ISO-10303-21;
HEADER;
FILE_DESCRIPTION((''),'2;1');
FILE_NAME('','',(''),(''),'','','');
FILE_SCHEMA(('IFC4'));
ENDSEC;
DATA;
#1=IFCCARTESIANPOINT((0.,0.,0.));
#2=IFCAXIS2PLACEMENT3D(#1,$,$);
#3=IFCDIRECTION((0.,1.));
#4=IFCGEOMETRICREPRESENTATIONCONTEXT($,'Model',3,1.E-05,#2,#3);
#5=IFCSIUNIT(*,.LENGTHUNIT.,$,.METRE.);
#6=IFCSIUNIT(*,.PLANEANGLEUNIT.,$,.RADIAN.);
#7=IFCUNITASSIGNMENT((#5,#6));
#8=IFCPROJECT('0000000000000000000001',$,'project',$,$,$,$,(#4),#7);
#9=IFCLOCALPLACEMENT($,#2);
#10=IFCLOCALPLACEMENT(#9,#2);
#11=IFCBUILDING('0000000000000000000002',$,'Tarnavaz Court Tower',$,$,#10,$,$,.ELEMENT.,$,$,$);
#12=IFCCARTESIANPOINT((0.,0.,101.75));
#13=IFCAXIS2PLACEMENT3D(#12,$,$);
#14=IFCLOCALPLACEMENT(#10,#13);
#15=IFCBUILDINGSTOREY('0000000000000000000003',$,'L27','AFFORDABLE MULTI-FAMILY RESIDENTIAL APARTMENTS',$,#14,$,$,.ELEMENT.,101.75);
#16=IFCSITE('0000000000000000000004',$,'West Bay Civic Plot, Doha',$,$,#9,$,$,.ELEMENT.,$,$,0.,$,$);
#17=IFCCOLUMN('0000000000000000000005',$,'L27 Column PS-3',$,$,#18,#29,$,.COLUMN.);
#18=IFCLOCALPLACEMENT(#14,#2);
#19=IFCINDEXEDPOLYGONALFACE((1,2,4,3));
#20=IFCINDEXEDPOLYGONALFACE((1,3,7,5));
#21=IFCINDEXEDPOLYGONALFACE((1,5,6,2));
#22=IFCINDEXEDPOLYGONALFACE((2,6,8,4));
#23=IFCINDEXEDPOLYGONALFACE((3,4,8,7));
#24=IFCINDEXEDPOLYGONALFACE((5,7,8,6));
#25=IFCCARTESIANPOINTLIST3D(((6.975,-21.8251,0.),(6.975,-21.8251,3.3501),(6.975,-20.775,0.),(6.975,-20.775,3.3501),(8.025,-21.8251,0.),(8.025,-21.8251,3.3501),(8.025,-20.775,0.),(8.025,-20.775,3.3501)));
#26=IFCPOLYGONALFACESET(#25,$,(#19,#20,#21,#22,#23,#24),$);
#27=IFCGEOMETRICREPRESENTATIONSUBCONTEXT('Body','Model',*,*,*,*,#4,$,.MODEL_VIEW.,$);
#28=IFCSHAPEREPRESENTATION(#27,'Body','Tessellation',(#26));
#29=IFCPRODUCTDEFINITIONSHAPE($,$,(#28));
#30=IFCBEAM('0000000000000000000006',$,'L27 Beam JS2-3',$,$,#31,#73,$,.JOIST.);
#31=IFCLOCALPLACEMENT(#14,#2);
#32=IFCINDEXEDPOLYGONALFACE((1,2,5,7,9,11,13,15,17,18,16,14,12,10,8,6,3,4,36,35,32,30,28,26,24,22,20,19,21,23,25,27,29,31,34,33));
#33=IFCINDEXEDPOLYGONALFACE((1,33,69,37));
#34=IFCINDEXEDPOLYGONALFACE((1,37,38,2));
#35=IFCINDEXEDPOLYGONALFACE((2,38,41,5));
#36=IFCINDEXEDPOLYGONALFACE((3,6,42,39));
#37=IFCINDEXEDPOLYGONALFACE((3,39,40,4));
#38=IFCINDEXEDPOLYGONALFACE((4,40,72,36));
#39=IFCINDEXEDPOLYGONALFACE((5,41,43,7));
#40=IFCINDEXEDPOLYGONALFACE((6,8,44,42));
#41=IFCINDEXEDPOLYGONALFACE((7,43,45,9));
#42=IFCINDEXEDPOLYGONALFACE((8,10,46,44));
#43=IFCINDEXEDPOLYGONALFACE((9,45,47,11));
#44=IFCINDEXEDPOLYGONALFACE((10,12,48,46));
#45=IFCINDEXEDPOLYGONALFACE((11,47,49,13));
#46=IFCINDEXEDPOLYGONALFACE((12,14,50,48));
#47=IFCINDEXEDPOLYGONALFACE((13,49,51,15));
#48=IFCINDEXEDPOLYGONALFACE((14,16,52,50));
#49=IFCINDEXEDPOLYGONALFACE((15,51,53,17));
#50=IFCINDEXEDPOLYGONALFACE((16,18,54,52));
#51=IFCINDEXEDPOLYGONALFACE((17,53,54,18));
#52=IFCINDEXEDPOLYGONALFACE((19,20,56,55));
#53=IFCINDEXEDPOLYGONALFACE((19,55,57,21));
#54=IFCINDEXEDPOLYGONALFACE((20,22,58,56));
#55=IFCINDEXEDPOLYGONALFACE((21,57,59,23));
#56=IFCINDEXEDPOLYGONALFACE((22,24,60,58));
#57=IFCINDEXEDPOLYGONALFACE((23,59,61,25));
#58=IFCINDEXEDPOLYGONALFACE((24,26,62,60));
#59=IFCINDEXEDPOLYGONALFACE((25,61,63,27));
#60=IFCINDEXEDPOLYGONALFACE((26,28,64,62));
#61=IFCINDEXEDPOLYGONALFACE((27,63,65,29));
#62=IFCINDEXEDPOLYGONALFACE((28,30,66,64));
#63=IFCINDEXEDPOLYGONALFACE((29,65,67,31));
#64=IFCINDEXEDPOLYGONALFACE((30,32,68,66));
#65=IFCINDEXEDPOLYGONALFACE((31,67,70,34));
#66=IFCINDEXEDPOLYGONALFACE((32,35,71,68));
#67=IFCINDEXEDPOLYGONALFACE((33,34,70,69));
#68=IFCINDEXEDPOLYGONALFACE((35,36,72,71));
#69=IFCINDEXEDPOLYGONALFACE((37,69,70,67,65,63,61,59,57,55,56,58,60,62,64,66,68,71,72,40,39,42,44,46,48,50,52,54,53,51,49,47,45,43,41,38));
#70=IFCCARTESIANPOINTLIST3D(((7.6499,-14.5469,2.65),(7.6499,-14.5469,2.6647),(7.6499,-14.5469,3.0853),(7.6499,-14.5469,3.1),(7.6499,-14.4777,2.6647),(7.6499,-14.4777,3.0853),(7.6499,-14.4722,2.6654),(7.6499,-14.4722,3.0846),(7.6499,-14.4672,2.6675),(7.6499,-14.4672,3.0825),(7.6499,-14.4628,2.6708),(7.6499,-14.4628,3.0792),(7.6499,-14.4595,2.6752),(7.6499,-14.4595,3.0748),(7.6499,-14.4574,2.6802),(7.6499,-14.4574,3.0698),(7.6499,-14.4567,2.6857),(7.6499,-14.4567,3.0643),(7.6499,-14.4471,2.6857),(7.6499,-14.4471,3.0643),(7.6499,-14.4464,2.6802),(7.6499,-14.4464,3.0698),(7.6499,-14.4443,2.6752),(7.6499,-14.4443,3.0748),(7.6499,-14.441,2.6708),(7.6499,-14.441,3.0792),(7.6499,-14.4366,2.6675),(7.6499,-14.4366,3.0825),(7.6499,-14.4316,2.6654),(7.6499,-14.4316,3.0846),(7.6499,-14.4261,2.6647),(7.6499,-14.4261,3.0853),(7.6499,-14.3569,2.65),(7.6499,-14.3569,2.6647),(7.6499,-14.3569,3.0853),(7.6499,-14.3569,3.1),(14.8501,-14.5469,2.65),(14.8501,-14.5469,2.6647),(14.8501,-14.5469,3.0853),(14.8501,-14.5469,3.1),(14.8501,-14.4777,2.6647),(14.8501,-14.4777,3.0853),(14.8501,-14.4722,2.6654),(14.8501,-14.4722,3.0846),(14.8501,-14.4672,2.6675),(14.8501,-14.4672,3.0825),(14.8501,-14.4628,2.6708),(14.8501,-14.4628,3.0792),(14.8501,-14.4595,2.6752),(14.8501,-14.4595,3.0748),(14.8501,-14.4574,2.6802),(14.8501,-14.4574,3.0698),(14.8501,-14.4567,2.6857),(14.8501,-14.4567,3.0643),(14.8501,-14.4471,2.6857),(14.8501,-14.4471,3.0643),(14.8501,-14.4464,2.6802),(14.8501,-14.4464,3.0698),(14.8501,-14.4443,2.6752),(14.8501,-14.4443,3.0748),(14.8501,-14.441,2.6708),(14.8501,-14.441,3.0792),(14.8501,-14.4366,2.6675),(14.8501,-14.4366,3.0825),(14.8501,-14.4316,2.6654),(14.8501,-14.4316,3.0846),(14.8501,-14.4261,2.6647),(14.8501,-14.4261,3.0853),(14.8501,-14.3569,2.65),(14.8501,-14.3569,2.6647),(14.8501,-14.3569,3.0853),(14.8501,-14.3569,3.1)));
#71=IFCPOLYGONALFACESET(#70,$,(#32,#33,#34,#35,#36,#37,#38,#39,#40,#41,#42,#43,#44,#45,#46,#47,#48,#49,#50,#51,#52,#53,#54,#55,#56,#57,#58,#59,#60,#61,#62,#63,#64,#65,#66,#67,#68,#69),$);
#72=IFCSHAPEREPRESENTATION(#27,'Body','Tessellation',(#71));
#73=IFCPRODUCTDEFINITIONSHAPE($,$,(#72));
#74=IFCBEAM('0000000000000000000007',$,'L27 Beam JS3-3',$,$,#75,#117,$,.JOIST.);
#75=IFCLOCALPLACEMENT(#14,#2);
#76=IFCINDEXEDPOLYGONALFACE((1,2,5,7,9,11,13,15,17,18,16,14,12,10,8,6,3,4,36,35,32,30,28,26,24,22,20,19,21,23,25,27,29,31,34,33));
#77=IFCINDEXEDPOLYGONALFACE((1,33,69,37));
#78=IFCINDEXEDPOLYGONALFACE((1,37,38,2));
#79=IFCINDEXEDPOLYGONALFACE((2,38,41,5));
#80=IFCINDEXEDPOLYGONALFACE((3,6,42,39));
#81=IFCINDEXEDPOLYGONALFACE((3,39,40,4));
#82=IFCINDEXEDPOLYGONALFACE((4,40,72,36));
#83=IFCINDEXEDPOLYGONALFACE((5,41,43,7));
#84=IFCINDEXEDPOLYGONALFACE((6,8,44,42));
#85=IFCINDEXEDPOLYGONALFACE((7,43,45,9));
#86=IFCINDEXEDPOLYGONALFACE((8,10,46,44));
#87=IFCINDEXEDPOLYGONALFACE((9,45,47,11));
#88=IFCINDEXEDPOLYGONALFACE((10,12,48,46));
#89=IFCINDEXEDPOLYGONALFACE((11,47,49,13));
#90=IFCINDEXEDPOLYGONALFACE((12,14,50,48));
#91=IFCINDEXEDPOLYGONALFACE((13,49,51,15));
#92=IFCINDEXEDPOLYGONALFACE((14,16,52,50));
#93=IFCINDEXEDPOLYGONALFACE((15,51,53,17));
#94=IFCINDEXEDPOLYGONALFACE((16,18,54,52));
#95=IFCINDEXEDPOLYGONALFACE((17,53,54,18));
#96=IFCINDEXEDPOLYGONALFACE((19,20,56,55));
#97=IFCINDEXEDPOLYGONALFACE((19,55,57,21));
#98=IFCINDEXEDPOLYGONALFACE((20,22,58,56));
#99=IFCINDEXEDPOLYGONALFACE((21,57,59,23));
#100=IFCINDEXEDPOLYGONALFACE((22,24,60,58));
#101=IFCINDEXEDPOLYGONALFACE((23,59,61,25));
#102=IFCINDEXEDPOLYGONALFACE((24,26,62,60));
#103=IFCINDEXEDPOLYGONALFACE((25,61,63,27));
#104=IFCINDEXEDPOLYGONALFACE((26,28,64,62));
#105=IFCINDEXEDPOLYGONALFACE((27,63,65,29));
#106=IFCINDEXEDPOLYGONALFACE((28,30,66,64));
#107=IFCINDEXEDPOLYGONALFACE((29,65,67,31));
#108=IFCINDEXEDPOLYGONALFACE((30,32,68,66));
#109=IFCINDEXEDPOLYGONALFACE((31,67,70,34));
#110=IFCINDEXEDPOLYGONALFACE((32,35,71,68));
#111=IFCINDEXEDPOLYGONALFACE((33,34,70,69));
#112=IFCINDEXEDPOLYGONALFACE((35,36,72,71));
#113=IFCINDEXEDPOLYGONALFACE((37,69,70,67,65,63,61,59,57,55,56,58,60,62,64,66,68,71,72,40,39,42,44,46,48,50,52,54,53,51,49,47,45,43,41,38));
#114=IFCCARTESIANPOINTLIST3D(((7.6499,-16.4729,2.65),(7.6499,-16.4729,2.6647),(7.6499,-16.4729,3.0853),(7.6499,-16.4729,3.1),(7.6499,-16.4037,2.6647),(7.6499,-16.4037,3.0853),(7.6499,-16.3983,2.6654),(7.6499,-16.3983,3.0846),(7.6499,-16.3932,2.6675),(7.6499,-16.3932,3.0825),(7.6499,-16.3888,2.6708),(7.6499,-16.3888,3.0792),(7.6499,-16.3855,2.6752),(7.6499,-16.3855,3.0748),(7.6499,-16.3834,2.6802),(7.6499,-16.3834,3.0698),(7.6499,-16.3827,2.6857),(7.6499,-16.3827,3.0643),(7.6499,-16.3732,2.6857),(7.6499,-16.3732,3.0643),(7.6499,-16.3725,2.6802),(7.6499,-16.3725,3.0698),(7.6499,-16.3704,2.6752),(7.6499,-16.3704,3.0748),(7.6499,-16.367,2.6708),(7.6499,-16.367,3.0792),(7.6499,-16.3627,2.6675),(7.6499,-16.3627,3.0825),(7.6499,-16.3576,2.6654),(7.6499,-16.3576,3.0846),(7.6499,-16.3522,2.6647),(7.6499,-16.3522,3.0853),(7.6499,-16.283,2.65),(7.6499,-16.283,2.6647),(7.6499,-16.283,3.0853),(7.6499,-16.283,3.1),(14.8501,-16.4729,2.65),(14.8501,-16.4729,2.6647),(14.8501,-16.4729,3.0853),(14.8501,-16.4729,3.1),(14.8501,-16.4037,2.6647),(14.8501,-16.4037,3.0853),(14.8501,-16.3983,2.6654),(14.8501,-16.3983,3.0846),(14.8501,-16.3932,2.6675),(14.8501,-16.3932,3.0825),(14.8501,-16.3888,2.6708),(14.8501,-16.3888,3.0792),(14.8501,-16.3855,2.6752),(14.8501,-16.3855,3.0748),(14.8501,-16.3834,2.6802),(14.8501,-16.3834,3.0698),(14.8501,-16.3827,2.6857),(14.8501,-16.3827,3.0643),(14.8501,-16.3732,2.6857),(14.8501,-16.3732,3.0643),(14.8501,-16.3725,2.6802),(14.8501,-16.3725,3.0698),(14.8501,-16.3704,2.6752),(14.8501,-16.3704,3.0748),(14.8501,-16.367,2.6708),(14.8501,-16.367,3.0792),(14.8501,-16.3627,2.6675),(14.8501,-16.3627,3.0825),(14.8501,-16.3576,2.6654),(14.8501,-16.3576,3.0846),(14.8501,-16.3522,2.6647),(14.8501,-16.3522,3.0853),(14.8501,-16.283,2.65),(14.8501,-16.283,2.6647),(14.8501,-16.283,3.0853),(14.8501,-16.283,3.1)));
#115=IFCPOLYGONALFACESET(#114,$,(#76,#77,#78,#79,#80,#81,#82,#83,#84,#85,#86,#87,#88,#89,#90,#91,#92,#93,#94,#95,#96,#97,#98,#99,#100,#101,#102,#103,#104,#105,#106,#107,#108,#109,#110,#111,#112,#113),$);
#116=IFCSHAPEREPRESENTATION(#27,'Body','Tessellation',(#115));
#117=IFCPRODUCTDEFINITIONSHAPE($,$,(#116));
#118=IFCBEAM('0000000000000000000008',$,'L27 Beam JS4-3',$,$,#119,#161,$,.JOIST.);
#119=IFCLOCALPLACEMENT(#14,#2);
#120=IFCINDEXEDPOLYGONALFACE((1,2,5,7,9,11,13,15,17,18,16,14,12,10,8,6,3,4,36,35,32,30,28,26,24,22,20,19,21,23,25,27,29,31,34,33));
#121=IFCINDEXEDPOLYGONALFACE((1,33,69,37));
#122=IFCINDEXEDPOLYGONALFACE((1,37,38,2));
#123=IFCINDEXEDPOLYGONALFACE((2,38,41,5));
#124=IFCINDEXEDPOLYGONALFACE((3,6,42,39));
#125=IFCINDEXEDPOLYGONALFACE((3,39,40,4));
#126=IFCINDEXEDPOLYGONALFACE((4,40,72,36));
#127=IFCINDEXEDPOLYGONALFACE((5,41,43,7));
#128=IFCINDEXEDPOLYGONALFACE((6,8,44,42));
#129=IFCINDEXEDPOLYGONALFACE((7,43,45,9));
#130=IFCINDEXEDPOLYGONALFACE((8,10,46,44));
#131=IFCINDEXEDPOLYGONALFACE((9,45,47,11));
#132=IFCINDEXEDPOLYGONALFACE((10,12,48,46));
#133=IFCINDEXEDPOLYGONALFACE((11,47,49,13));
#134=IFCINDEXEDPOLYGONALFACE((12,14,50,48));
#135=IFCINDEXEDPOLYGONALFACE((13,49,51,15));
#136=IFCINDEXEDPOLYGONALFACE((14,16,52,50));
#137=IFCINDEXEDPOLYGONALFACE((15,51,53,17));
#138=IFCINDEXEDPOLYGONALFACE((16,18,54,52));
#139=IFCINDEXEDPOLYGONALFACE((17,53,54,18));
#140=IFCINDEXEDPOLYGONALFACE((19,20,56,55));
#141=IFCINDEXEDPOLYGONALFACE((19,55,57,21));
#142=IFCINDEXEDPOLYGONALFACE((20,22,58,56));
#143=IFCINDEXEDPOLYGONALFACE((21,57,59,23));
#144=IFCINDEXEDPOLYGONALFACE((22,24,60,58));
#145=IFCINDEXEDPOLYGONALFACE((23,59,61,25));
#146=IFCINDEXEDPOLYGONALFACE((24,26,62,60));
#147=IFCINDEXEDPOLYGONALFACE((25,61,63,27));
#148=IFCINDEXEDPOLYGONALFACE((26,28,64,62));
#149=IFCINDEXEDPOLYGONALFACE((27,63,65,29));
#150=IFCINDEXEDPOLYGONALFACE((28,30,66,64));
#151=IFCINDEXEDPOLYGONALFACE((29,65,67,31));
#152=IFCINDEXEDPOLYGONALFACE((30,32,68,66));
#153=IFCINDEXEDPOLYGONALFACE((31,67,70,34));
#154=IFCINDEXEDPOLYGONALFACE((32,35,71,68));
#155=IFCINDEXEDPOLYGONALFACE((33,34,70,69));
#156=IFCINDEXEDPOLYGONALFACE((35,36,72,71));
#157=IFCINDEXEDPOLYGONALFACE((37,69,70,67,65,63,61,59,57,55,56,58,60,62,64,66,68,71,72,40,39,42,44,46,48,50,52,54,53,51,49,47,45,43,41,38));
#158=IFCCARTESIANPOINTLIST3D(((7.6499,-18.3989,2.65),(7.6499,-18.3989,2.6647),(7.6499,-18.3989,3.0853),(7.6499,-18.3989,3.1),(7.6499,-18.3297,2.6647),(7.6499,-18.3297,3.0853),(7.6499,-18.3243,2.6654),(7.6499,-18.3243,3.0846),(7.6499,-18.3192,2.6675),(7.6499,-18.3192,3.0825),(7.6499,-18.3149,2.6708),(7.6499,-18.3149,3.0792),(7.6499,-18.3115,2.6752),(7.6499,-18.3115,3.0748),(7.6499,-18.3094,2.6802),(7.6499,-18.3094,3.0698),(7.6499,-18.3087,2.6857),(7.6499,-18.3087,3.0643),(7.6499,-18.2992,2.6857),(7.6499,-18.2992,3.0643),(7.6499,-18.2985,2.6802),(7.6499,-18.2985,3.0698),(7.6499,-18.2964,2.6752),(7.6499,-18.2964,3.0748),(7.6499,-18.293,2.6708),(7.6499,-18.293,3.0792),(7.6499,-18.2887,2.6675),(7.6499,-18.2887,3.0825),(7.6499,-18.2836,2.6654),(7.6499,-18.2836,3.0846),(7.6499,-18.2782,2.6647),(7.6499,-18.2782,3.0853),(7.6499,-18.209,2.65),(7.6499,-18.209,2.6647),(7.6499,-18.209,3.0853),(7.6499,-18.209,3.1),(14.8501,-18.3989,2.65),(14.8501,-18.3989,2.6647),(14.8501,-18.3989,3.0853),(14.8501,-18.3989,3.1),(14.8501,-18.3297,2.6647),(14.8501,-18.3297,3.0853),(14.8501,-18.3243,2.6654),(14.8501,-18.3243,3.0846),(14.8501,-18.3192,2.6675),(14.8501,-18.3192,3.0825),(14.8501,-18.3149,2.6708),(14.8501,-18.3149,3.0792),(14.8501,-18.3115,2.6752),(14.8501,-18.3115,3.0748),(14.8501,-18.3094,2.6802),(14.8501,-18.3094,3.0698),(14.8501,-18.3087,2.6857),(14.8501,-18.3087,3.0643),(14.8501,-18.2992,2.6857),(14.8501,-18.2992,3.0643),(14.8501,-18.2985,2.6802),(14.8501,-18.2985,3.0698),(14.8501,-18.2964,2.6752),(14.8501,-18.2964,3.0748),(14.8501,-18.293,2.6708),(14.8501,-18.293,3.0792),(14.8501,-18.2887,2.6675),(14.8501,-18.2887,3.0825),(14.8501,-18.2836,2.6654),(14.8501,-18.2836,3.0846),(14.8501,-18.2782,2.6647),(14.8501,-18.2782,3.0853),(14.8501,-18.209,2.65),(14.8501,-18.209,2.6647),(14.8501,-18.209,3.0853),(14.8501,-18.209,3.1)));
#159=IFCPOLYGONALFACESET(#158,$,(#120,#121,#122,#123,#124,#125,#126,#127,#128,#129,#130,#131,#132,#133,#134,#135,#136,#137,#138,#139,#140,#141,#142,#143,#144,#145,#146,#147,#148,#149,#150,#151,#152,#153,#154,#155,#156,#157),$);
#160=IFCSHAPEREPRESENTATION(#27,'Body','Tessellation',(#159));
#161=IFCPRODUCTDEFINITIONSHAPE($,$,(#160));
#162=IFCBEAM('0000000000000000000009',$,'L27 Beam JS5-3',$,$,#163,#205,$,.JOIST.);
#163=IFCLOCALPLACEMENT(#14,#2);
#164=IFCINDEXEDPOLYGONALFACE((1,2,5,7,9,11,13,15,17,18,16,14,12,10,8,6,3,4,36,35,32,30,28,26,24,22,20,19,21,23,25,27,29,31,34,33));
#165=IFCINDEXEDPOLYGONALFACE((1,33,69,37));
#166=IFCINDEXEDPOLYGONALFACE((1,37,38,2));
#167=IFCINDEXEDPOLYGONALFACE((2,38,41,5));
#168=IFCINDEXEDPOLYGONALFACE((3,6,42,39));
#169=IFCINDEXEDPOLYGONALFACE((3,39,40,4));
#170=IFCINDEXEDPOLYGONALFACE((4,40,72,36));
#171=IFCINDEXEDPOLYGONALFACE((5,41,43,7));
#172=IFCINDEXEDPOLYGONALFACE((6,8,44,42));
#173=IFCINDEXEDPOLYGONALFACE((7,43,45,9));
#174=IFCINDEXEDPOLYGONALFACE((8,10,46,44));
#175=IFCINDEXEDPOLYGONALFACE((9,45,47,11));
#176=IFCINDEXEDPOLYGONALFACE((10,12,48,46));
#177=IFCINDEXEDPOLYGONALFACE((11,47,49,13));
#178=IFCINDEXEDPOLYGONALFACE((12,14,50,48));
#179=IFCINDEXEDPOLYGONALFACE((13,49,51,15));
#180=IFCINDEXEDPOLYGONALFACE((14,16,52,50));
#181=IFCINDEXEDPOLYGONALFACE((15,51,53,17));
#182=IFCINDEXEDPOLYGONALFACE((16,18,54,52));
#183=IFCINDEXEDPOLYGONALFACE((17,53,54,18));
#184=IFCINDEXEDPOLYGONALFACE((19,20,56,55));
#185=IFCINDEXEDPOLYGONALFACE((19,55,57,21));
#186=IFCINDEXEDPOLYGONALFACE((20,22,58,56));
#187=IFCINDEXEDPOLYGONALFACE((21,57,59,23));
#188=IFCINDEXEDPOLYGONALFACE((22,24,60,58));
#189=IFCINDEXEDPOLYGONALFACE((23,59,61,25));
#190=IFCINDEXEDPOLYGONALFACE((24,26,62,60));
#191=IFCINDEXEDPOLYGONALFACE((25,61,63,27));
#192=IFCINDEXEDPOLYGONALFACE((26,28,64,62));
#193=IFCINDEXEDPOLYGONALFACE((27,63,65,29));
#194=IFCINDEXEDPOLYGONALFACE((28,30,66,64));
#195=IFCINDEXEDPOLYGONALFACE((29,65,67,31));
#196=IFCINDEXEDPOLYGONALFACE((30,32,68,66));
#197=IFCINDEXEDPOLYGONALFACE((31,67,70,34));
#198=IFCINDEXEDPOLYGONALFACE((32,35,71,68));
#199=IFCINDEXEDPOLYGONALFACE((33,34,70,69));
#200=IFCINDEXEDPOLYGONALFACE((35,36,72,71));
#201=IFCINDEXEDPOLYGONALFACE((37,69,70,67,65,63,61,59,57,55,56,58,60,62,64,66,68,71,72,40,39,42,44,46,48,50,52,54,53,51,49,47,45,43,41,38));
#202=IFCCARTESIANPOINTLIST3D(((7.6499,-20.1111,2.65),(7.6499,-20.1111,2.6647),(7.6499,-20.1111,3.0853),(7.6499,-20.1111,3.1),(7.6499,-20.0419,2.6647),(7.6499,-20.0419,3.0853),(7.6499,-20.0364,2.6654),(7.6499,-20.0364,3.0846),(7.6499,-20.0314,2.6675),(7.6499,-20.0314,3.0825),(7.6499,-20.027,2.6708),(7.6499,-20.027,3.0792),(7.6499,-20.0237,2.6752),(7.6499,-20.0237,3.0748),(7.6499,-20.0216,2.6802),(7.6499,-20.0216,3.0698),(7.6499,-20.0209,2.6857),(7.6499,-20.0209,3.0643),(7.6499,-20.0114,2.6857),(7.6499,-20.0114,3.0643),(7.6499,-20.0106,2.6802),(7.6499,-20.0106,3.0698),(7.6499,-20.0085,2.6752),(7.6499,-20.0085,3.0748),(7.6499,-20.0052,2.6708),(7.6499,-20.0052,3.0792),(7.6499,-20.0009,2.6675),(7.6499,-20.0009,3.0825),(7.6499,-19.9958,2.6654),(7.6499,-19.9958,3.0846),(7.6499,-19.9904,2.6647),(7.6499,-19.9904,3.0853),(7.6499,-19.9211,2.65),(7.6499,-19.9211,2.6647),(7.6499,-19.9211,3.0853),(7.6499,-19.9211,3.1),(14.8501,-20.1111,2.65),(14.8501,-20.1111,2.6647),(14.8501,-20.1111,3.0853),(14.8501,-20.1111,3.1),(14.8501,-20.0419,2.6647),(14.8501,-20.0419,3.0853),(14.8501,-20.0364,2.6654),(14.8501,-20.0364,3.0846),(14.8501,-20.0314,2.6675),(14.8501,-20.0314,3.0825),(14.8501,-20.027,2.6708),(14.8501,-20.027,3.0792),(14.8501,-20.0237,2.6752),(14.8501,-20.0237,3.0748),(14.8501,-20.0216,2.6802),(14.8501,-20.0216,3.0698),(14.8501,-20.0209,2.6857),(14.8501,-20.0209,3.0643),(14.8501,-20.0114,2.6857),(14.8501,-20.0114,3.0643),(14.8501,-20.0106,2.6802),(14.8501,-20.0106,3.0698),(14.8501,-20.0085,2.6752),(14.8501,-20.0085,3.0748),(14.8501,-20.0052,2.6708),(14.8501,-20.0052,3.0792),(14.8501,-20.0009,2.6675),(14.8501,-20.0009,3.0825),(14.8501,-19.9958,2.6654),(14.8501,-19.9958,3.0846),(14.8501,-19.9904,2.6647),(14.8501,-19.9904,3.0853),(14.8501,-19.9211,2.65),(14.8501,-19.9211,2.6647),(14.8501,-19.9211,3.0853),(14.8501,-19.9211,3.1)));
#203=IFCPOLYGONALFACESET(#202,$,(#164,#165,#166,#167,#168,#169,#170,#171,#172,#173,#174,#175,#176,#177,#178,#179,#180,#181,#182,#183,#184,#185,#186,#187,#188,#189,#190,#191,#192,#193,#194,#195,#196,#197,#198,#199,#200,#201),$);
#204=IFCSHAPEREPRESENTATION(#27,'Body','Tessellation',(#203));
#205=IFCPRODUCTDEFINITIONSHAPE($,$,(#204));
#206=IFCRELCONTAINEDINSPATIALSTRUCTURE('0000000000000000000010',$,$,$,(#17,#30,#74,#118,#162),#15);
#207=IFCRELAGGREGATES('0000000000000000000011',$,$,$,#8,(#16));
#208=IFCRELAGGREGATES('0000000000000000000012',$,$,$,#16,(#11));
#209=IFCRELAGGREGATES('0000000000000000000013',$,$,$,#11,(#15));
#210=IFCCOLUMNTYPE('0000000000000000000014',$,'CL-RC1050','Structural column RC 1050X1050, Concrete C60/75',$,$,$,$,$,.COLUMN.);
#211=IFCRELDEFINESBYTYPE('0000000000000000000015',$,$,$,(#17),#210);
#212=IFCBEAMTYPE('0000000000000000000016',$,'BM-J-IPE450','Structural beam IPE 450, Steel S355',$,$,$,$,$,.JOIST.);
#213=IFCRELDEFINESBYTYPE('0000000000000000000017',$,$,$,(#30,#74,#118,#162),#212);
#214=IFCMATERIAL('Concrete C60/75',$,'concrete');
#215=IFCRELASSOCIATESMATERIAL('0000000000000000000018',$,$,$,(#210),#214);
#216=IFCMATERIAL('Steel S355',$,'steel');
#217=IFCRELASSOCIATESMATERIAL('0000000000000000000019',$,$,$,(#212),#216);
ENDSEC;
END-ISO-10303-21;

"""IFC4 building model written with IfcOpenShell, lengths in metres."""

from ifc_helpers import new_model, si_unit, direction, frame, origin, origin_2d, place, context, subcontext, project, spatial, rectangle, i_section, extrude, material, material_profile, profile_set, type_object, element, save


model = new_model("IFC4")

# Units and contexts
model_context = context("Model", 3, precision=1e-05, world=origin(), true_north=direction((0.0, 1.0)))
body_context = subcontext(model_context, "Body", "Model", "MODEL_VIEW")
ifc_project = project(units=[si_unit("LENGTHUNIT", "METRE"), si_unit("PLANEANGLEUNIT", "RADIAN")], contexts=[model_context])

# Site, building, storey
site_placement = place(None, origin())
site = spatial("IfcSite", under=ifc_project, at=site_placement, Name="West Bay Civic Plot, Doha", CompositionType="ELEMENT", RefElevation=0.0)
building_placement = place(site_placement, origin())
building = spatial("IfcBuilding", under=site, at=building_placement, Name="Tarnavaz Court Tower", CompositionType="ELEMENT")
storey_placement = place(building_placement, frame((0.0, 0.0, 101.75)))
storey = spatial("IfcBuildingStorey", under=building, at=storey_placement, Name="L27", Description="AFFORDABLE MULTI-FAMILY RESIDENTIAL APARTMENTS", CompositionType="ELEMENT", Elevation=101.75)

# Column
ifc_material_1 = material(Name="Concrete C60/75", Category="concrete")
ifc_material_profile_1 = material_profile(ifc_material_1, rectangle(XDim=1.05, YDim=1.05, at=origin_2d()), Name="RC 1050X1050")
ifc_profile_set_1 = profile_set([ifc_material_profile_1], Name="Concrete C60/75")
column_type = type_object("IfcColumnType", Name="CL-RC1050", Description="Structural column RC 1050X1050, Concrete C60/75", PredefinedType="COLUMN", material=ifc_profile_set_1)
column_placement = place(storey_placement, frame((7.5, -21.3, 0.0), z_axis=(0.0, 0.0, 1.0), x_axis=(1.0, 0.0, 0.0)))
element("IfcColumn", 1, at=column_placement, inside=storey, type_object=column_type, Name="L27 Column PS-3", PredefinedType="COLUMN", context=body_context, shape_type="SweptSolid", body=[
    extrude(rectangle(XDim=1.05, YDim=1.05, at=origin_2d()), origin(), (0.0, 0.0, 1.0), 3.3501),
])

# Beams
ifc_material_2 = material(Name="Steel S355", Category="steel")
ifc_material_profile_2 = material_profile(ifc_material_2, i_section(OverallWidth=0.1899, OverallDepth=0.45, WebThickness=0.0095, FlangeThickness=0.0146, FilletRadius=0.021, at=origin_2d()), Name="IPE 450")
ifc_profile_set_2 = profile_set([ifc_material_profile_2], Name="Steel S355")
beam_type_1 = type_object("IfcBeamType", Name="BM-J-IPE450", Description="Structural beam IPE 450, Steel S355", PredefinedType="JOIST", material=ifc_profile_set_2)
for number, where, z_axis, x_axis, name in (
    (2, (7.6499, -14.4519, 2.875), (1.0, 0.0, 0.0), (0.0, 1.0, 0.0), "L27 Beam JS2-3"),
    (3, (7.6499, -16.3779, 2.875), (1.0, 0.0, 0.0), (0.0, 1.0, 0.0), "L27 Beam JS3-3"),
    (4, (7.6499, -18.304, 2.875), (1.0, 0.0, 0.0), (0.0, 1.0, 0.0), "L27 Beam JS4-3"),
    (5, (7.6499, -20.0161, 2.875), (1.0, 0.0, 0.0), (0.0, 1.0, 0.0), "L27 Beam JS5-3"),
):
    element("IfcBeam", number, at=place(storey_placement, frame(where, z_axis=z_axis, x_axis=x_axis)), inside=storey, type_object=beam_type_1, Name=name, PredefinedType="JOIST", context=body_context, shape_type="SweptSolid", body=[
        extrude(i_section(OverallWidth=0.1899, OverallDepth=0.45, WebThickness=0.0095, FlangeThickness=0.0146, FilletRadius=0.021, at=origin_2d()), origin(), (0.0, 0.0, 1.0), 7.2002),
    ])

save(model, "model.ifc")
